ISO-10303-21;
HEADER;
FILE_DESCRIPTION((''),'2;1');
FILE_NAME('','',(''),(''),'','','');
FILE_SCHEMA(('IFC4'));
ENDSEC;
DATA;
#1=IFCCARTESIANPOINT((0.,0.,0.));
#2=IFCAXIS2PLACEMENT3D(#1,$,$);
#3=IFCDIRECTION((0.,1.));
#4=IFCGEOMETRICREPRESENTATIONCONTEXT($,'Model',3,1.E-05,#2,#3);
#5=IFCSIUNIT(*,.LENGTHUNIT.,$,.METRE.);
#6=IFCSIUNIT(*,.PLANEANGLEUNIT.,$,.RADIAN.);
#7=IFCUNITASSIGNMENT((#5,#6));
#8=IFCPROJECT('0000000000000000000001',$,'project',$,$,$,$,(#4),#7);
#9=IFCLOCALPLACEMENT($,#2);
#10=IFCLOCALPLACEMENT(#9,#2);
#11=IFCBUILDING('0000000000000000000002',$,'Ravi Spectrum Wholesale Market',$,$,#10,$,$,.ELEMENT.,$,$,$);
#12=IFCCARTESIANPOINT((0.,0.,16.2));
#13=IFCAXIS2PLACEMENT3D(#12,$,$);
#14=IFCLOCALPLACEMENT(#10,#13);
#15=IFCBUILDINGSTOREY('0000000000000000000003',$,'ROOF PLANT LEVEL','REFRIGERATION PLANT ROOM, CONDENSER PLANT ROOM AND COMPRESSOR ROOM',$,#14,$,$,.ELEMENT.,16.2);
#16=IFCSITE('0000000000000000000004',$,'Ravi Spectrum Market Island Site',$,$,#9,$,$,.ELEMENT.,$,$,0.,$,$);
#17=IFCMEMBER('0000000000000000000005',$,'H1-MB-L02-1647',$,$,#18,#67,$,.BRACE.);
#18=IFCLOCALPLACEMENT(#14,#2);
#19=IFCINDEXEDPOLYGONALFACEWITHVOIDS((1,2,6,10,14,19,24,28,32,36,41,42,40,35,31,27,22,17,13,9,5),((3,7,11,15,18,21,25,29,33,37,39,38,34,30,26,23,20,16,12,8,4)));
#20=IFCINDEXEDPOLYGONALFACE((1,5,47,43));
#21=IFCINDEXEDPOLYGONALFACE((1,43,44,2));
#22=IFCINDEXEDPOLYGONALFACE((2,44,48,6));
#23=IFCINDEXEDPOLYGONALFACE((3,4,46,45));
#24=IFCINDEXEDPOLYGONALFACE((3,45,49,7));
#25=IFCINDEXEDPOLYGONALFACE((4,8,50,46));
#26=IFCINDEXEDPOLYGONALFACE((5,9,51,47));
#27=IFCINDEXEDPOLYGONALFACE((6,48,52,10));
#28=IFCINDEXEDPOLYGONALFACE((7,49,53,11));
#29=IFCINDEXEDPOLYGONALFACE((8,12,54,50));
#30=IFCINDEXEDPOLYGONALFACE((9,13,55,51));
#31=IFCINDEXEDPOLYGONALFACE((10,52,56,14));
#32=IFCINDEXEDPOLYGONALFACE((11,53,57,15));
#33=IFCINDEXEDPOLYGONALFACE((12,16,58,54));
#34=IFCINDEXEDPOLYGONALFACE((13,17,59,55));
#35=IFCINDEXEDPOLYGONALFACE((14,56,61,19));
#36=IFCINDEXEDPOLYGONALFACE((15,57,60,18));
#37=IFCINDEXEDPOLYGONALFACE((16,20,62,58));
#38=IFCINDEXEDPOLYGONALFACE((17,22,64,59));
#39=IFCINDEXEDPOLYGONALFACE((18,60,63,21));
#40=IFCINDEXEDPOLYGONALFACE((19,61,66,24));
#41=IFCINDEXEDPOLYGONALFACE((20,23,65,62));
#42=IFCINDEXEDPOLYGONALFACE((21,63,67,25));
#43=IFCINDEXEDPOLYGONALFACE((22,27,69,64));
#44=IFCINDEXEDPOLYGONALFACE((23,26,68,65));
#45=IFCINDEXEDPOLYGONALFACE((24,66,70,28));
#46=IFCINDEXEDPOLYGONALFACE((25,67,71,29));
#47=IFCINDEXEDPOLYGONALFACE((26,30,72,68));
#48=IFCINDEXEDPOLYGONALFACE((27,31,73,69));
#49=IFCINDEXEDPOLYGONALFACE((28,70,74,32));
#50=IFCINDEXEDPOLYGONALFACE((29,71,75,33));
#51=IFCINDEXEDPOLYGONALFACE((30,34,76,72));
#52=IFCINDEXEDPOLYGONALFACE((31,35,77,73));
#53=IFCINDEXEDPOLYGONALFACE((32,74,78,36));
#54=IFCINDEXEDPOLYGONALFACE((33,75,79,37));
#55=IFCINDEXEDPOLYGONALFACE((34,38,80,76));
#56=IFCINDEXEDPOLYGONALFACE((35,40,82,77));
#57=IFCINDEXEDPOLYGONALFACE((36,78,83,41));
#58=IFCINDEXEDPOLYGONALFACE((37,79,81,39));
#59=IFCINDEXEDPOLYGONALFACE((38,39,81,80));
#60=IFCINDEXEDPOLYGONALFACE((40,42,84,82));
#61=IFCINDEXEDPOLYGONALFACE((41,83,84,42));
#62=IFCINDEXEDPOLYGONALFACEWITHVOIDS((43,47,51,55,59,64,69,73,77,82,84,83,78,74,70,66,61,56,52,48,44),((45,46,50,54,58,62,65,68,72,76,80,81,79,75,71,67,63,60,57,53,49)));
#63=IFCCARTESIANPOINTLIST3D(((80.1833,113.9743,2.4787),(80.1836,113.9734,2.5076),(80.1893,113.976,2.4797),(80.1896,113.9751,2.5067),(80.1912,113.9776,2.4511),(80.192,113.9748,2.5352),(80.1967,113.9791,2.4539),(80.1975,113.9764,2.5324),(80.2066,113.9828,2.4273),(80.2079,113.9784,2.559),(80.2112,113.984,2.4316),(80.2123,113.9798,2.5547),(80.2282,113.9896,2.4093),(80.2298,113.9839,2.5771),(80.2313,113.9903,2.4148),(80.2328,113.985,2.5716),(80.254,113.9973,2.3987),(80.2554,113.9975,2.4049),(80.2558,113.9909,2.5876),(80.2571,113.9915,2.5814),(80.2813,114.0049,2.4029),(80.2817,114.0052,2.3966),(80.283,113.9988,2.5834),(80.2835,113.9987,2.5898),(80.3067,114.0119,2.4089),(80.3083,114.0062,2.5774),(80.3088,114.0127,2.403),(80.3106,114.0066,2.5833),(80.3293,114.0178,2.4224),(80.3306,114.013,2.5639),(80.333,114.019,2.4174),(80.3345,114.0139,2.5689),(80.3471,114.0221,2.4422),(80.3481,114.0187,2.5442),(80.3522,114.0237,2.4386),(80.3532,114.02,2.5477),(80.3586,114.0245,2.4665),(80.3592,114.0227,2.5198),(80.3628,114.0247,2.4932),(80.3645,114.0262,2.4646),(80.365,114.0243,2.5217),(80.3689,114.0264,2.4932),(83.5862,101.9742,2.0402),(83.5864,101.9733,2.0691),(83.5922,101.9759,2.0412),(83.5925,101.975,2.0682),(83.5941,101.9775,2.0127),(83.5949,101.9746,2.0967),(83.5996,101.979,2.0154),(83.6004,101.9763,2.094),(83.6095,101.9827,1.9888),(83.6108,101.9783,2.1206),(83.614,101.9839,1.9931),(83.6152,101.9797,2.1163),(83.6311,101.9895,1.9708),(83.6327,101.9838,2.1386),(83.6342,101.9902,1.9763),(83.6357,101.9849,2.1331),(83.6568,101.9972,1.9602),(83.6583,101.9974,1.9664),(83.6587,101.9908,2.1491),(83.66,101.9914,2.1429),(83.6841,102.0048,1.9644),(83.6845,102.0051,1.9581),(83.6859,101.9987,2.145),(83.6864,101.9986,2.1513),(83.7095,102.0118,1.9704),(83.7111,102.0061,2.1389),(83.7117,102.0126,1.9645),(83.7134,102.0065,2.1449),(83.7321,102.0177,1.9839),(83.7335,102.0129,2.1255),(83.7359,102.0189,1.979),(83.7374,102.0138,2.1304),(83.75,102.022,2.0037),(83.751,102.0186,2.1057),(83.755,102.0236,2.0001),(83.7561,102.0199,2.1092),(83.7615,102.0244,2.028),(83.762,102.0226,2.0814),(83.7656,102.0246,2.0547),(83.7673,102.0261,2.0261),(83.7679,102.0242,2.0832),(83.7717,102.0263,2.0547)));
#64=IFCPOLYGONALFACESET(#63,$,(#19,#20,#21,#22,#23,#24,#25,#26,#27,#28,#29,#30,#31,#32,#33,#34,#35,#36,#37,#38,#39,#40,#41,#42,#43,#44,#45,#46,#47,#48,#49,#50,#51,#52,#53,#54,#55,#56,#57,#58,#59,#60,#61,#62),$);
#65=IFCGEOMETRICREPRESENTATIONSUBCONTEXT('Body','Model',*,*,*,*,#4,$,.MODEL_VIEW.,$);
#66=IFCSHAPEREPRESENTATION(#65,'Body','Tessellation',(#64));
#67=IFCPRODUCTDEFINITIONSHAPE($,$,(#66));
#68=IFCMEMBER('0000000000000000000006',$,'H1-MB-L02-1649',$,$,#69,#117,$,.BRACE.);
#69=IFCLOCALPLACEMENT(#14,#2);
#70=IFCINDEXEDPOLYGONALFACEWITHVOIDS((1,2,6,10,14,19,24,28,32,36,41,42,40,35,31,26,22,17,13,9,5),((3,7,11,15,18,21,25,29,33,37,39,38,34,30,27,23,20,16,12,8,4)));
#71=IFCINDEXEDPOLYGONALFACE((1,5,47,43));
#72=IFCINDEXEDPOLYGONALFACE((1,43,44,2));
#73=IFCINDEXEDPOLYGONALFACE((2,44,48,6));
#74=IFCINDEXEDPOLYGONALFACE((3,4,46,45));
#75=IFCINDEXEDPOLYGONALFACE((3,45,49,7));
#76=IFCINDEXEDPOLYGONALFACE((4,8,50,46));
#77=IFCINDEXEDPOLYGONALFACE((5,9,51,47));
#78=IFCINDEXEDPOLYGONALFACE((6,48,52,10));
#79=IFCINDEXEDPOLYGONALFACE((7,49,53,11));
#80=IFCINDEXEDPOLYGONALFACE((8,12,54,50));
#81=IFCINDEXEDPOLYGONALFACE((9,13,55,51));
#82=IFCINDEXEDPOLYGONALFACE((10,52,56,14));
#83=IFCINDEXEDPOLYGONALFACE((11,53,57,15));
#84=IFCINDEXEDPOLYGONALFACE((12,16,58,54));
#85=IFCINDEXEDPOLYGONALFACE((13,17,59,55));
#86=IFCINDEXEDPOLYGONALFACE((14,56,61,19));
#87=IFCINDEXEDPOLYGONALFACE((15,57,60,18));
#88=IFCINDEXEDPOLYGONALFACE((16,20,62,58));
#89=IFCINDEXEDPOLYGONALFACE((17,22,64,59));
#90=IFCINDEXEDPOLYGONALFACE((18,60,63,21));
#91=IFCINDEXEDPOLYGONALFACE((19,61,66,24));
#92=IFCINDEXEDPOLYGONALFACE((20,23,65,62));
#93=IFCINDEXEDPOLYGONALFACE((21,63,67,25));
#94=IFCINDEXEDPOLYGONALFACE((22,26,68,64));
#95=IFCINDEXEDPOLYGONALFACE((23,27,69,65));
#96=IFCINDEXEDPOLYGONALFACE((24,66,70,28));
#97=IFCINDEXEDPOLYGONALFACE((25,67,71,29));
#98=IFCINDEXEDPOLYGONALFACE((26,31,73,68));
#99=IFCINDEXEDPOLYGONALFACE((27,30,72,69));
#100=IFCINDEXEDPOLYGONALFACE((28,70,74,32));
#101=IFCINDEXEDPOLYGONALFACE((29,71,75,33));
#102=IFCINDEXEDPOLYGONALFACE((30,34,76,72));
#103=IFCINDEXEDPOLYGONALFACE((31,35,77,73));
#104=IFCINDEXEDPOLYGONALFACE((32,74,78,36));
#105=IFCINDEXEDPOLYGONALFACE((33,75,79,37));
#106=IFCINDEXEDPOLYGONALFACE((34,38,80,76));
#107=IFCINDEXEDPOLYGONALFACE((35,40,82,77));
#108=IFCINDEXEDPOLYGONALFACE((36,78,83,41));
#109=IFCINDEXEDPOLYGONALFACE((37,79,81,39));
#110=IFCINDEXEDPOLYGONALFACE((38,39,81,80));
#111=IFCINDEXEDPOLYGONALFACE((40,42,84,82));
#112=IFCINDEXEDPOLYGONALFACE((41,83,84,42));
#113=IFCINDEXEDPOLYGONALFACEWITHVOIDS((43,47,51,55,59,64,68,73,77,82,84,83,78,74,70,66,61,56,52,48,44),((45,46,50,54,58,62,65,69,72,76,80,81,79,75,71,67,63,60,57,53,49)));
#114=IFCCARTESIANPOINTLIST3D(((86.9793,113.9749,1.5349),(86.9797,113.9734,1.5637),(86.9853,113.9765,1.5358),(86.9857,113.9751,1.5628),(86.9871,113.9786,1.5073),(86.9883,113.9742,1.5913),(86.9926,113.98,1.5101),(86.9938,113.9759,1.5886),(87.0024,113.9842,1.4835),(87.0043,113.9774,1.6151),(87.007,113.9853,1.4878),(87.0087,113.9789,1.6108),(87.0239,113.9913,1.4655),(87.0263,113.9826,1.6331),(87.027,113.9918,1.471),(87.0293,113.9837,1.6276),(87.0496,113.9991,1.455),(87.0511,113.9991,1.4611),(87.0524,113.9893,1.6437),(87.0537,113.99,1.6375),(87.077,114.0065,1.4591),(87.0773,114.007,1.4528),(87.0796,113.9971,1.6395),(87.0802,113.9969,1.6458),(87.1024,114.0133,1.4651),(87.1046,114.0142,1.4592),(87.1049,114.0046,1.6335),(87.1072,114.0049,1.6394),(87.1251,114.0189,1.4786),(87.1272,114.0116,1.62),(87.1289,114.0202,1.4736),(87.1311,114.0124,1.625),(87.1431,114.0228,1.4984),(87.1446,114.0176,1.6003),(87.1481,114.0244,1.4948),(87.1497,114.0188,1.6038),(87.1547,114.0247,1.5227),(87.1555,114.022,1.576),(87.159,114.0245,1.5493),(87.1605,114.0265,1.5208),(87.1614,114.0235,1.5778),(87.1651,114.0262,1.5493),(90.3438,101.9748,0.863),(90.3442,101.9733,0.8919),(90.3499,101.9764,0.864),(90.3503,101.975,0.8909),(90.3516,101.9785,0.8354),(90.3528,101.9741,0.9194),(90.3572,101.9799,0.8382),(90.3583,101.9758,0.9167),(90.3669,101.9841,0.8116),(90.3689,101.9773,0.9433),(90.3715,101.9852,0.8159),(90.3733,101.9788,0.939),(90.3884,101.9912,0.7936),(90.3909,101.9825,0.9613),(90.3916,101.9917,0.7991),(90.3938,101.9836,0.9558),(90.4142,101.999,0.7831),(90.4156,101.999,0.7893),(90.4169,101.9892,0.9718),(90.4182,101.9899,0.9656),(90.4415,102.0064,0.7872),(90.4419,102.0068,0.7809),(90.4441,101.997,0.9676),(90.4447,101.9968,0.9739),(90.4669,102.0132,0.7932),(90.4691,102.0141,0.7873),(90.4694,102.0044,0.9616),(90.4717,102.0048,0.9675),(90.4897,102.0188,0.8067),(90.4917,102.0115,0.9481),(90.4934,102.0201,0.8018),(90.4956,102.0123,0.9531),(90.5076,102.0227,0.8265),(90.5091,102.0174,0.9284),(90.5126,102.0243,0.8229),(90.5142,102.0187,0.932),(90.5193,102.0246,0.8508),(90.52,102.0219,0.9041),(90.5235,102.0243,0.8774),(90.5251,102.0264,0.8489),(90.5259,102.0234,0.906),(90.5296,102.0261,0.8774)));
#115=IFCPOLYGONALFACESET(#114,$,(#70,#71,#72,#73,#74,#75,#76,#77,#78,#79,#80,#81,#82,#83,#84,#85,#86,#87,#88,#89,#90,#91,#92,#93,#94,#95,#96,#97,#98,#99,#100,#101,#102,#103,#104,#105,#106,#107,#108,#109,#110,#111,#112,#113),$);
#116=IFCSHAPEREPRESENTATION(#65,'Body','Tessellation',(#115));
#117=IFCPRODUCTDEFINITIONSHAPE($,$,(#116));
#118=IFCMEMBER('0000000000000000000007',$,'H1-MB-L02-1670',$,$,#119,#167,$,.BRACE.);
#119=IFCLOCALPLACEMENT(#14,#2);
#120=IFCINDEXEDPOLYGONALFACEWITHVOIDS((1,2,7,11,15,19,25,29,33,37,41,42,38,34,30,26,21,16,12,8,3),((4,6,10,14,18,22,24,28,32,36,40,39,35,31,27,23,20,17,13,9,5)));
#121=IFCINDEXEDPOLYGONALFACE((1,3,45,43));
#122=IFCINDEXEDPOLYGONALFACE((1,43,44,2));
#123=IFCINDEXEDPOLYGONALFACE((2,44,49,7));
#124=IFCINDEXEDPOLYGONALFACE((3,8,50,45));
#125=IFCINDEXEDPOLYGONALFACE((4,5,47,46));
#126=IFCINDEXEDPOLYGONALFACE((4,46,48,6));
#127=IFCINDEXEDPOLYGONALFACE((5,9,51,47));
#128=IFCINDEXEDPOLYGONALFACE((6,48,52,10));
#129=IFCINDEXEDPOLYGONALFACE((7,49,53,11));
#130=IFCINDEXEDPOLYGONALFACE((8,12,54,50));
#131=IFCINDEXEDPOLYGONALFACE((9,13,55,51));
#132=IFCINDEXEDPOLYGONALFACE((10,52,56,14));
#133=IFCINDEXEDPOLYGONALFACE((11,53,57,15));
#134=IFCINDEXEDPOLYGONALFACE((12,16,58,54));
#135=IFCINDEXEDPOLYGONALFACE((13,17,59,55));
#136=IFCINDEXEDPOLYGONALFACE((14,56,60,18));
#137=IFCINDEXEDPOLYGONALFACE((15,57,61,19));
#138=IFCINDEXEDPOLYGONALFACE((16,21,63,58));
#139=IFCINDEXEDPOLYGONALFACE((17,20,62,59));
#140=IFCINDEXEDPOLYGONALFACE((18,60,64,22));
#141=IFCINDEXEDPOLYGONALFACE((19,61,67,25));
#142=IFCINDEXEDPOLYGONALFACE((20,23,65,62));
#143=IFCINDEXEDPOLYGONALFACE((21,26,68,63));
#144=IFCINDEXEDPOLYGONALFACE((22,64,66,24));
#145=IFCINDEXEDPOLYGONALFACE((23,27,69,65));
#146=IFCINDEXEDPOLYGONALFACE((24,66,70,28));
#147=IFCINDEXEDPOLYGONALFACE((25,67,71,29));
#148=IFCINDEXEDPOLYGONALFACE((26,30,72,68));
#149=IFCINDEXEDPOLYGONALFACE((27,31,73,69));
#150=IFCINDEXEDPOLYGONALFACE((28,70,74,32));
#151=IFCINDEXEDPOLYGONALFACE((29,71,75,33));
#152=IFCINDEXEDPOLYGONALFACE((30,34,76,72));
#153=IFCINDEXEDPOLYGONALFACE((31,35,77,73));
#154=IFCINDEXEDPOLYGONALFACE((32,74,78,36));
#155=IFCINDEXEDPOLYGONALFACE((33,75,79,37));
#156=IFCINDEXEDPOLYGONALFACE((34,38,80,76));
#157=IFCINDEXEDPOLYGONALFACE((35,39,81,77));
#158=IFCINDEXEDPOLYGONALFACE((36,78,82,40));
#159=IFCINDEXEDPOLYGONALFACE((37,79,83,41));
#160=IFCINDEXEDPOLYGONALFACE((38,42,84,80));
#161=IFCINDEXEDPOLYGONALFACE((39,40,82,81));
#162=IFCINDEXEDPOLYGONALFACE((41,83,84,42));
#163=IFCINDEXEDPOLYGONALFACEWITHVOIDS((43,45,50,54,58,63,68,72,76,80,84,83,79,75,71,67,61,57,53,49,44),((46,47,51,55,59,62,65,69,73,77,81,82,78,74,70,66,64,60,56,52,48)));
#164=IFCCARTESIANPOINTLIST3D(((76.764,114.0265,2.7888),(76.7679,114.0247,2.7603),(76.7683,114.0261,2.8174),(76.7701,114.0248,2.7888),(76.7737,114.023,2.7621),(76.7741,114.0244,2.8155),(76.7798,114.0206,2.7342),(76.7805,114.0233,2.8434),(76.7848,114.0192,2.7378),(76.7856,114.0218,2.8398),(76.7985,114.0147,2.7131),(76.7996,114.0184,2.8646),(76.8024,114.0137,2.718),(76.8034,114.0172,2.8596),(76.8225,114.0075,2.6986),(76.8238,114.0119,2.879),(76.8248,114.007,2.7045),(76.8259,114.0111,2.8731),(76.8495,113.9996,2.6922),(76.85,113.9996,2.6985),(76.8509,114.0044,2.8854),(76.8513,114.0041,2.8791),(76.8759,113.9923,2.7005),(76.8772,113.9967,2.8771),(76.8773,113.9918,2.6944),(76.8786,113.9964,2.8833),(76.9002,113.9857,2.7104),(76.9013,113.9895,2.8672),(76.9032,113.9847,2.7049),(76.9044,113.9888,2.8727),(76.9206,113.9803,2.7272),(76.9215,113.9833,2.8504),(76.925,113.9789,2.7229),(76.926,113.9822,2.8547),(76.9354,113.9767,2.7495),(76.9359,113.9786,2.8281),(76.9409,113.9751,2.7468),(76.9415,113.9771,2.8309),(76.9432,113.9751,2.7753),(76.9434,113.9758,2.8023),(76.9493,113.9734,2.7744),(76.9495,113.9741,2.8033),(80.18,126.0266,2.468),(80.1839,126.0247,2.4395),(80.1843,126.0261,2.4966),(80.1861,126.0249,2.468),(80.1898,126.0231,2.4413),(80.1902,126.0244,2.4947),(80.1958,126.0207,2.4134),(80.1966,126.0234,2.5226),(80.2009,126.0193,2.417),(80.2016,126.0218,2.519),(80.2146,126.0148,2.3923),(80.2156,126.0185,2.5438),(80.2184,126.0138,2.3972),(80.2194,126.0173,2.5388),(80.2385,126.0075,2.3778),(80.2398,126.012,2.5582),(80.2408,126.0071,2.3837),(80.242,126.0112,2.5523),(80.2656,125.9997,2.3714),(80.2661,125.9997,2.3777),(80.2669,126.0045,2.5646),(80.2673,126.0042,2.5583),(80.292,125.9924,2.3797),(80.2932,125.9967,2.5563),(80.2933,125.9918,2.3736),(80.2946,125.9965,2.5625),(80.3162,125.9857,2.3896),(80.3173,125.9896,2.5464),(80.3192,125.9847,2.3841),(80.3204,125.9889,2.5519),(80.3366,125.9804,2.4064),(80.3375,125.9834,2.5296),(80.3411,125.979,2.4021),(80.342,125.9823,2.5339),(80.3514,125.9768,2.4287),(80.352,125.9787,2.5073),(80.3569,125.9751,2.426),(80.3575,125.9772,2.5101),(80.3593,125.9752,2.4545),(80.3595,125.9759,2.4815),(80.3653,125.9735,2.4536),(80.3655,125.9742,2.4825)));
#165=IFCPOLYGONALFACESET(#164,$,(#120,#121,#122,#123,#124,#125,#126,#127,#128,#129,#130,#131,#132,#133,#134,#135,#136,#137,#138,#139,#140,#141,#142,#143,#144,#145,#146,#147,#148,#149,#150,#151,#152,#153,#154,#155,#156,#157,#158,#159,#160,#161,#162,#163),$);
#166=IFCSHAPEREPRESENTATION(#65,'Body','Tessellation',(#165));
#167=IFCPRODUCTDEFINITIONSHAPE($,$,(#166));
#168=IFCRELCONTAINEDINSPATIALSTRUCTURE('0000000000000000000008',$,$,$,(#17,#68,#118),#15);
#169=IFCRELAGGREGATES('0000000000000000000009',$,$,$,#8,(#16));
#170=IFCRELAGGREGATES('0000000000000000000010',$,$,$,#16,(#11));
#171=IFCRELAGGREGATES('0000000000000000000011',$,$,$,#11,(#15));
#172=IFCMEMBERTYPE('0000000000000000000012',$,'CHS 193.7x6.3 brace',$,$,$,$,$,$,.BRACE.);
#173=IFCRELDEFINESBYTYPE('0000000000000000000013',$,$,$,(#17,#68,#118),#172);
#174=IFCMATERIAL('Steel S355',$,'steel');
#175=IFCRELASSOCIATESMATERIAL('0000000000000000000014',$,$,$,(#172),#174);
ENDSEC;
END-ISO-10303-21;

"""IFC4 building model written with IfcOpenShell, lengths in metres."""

from ifc_helpers import new_model, si_unit, direction, frame, origin, origin_2d, place, context, subcontext, project, spatial, hollow_circle, extrude, material, material_profile, profile_set, type_object, element, save


model = new_model("IFC4")

# Units and contexts
model_context = context("Model", 3, precision=1e-05, world=origin(), true_north=direction((0.0, 1.0)))
body_context = subcontext(model_context, "Body", "Model", "MODEL_VIEW")
ifc_project = project(units=[si_unit("LENGTHUNIT", "METRE"), si_unit("PLANEANGLEUNIT", "RADIAN")], contexts=[model_context])

# Site, building, storey
site_placement = place(None, origin())
site = spatial("IfcSite", under=ifc_project, at=site_placement, Name="Ravi Spectrum Market Island Site", CompositionType="ELEMENT", RefElevation=0.0)
building_placement = place(site_placement, origin())
building = spatial("IfcBuilding", under=site, at=building_placement, Name="Ravi Spectrum Wholesale Market", CompositionType="ELEMENT")
storey_placement = place(building_placement, frame((0.0, 0.0, 16.2)))
storey = spatial("IfcBuildingStorey", under=building, at=storey_placement, Name="ROOF PLANT LEVEL", Description="REFRIGERATION PLANT ROOM, CONDENSER PLANT ROOM AND COMPRESSOR ROOM", CompositionType="ELEMENT", Elevation=16.2)

# Members
ifc_material_1 = material(Name="Steel S355", Category="steel")
ifc_material_profile_1 = material_profile(ifc_material_1, hollow_circle(Radius=0.0969, WallThickness=0.0063, at=origin_2d()))
ifc_profile_set_1 = profile_set([ifc_material_profile_1], Name="Steel S355")
member_type_1 = type_object("IfcMemberType", Name="CHS 193.7x6.3 brace", PredefinedType="BRACE", material=ifc_profile_set_1)
for number, where, z_axis, x_axis, name in (
    (1, (80.2756, 114.0, 2.4932), (0.272644, -0.961473, -0.035132), (0.962067, 0.272813, 0.0), "H1-MB-L02-1647"),
    (2, (87.0718, 114.0, 1.5493), (0.269573, -0.961474, -0.053833), (0.96287, 0.269965, 0.0), "H1-MB-L02-1649"),
    (3, (76.8572, 114.0, 2.7888), (0.2737, 0.961472, -0.025703), (-0.961789, 0.273791, 0.0), "H1-MB-L02-1670"),
):
    element("IfcMember", number, at=place(storey_placement, frame(where, z_axis=z_axis, x_axis=x_axis)), inside=storey, type_object=member_type_1, Name=name, PredefinedType="BRACE", context=body_context, shape_type="SweptSolid", body=[
        extrude(hollow_circle(Radius=0.0969, WallThickness=0.0063, at=origin_2d()), origin(), (0.0, 0.0, 1.0), 12.481),
    ])

save(model, "model.ifc")
